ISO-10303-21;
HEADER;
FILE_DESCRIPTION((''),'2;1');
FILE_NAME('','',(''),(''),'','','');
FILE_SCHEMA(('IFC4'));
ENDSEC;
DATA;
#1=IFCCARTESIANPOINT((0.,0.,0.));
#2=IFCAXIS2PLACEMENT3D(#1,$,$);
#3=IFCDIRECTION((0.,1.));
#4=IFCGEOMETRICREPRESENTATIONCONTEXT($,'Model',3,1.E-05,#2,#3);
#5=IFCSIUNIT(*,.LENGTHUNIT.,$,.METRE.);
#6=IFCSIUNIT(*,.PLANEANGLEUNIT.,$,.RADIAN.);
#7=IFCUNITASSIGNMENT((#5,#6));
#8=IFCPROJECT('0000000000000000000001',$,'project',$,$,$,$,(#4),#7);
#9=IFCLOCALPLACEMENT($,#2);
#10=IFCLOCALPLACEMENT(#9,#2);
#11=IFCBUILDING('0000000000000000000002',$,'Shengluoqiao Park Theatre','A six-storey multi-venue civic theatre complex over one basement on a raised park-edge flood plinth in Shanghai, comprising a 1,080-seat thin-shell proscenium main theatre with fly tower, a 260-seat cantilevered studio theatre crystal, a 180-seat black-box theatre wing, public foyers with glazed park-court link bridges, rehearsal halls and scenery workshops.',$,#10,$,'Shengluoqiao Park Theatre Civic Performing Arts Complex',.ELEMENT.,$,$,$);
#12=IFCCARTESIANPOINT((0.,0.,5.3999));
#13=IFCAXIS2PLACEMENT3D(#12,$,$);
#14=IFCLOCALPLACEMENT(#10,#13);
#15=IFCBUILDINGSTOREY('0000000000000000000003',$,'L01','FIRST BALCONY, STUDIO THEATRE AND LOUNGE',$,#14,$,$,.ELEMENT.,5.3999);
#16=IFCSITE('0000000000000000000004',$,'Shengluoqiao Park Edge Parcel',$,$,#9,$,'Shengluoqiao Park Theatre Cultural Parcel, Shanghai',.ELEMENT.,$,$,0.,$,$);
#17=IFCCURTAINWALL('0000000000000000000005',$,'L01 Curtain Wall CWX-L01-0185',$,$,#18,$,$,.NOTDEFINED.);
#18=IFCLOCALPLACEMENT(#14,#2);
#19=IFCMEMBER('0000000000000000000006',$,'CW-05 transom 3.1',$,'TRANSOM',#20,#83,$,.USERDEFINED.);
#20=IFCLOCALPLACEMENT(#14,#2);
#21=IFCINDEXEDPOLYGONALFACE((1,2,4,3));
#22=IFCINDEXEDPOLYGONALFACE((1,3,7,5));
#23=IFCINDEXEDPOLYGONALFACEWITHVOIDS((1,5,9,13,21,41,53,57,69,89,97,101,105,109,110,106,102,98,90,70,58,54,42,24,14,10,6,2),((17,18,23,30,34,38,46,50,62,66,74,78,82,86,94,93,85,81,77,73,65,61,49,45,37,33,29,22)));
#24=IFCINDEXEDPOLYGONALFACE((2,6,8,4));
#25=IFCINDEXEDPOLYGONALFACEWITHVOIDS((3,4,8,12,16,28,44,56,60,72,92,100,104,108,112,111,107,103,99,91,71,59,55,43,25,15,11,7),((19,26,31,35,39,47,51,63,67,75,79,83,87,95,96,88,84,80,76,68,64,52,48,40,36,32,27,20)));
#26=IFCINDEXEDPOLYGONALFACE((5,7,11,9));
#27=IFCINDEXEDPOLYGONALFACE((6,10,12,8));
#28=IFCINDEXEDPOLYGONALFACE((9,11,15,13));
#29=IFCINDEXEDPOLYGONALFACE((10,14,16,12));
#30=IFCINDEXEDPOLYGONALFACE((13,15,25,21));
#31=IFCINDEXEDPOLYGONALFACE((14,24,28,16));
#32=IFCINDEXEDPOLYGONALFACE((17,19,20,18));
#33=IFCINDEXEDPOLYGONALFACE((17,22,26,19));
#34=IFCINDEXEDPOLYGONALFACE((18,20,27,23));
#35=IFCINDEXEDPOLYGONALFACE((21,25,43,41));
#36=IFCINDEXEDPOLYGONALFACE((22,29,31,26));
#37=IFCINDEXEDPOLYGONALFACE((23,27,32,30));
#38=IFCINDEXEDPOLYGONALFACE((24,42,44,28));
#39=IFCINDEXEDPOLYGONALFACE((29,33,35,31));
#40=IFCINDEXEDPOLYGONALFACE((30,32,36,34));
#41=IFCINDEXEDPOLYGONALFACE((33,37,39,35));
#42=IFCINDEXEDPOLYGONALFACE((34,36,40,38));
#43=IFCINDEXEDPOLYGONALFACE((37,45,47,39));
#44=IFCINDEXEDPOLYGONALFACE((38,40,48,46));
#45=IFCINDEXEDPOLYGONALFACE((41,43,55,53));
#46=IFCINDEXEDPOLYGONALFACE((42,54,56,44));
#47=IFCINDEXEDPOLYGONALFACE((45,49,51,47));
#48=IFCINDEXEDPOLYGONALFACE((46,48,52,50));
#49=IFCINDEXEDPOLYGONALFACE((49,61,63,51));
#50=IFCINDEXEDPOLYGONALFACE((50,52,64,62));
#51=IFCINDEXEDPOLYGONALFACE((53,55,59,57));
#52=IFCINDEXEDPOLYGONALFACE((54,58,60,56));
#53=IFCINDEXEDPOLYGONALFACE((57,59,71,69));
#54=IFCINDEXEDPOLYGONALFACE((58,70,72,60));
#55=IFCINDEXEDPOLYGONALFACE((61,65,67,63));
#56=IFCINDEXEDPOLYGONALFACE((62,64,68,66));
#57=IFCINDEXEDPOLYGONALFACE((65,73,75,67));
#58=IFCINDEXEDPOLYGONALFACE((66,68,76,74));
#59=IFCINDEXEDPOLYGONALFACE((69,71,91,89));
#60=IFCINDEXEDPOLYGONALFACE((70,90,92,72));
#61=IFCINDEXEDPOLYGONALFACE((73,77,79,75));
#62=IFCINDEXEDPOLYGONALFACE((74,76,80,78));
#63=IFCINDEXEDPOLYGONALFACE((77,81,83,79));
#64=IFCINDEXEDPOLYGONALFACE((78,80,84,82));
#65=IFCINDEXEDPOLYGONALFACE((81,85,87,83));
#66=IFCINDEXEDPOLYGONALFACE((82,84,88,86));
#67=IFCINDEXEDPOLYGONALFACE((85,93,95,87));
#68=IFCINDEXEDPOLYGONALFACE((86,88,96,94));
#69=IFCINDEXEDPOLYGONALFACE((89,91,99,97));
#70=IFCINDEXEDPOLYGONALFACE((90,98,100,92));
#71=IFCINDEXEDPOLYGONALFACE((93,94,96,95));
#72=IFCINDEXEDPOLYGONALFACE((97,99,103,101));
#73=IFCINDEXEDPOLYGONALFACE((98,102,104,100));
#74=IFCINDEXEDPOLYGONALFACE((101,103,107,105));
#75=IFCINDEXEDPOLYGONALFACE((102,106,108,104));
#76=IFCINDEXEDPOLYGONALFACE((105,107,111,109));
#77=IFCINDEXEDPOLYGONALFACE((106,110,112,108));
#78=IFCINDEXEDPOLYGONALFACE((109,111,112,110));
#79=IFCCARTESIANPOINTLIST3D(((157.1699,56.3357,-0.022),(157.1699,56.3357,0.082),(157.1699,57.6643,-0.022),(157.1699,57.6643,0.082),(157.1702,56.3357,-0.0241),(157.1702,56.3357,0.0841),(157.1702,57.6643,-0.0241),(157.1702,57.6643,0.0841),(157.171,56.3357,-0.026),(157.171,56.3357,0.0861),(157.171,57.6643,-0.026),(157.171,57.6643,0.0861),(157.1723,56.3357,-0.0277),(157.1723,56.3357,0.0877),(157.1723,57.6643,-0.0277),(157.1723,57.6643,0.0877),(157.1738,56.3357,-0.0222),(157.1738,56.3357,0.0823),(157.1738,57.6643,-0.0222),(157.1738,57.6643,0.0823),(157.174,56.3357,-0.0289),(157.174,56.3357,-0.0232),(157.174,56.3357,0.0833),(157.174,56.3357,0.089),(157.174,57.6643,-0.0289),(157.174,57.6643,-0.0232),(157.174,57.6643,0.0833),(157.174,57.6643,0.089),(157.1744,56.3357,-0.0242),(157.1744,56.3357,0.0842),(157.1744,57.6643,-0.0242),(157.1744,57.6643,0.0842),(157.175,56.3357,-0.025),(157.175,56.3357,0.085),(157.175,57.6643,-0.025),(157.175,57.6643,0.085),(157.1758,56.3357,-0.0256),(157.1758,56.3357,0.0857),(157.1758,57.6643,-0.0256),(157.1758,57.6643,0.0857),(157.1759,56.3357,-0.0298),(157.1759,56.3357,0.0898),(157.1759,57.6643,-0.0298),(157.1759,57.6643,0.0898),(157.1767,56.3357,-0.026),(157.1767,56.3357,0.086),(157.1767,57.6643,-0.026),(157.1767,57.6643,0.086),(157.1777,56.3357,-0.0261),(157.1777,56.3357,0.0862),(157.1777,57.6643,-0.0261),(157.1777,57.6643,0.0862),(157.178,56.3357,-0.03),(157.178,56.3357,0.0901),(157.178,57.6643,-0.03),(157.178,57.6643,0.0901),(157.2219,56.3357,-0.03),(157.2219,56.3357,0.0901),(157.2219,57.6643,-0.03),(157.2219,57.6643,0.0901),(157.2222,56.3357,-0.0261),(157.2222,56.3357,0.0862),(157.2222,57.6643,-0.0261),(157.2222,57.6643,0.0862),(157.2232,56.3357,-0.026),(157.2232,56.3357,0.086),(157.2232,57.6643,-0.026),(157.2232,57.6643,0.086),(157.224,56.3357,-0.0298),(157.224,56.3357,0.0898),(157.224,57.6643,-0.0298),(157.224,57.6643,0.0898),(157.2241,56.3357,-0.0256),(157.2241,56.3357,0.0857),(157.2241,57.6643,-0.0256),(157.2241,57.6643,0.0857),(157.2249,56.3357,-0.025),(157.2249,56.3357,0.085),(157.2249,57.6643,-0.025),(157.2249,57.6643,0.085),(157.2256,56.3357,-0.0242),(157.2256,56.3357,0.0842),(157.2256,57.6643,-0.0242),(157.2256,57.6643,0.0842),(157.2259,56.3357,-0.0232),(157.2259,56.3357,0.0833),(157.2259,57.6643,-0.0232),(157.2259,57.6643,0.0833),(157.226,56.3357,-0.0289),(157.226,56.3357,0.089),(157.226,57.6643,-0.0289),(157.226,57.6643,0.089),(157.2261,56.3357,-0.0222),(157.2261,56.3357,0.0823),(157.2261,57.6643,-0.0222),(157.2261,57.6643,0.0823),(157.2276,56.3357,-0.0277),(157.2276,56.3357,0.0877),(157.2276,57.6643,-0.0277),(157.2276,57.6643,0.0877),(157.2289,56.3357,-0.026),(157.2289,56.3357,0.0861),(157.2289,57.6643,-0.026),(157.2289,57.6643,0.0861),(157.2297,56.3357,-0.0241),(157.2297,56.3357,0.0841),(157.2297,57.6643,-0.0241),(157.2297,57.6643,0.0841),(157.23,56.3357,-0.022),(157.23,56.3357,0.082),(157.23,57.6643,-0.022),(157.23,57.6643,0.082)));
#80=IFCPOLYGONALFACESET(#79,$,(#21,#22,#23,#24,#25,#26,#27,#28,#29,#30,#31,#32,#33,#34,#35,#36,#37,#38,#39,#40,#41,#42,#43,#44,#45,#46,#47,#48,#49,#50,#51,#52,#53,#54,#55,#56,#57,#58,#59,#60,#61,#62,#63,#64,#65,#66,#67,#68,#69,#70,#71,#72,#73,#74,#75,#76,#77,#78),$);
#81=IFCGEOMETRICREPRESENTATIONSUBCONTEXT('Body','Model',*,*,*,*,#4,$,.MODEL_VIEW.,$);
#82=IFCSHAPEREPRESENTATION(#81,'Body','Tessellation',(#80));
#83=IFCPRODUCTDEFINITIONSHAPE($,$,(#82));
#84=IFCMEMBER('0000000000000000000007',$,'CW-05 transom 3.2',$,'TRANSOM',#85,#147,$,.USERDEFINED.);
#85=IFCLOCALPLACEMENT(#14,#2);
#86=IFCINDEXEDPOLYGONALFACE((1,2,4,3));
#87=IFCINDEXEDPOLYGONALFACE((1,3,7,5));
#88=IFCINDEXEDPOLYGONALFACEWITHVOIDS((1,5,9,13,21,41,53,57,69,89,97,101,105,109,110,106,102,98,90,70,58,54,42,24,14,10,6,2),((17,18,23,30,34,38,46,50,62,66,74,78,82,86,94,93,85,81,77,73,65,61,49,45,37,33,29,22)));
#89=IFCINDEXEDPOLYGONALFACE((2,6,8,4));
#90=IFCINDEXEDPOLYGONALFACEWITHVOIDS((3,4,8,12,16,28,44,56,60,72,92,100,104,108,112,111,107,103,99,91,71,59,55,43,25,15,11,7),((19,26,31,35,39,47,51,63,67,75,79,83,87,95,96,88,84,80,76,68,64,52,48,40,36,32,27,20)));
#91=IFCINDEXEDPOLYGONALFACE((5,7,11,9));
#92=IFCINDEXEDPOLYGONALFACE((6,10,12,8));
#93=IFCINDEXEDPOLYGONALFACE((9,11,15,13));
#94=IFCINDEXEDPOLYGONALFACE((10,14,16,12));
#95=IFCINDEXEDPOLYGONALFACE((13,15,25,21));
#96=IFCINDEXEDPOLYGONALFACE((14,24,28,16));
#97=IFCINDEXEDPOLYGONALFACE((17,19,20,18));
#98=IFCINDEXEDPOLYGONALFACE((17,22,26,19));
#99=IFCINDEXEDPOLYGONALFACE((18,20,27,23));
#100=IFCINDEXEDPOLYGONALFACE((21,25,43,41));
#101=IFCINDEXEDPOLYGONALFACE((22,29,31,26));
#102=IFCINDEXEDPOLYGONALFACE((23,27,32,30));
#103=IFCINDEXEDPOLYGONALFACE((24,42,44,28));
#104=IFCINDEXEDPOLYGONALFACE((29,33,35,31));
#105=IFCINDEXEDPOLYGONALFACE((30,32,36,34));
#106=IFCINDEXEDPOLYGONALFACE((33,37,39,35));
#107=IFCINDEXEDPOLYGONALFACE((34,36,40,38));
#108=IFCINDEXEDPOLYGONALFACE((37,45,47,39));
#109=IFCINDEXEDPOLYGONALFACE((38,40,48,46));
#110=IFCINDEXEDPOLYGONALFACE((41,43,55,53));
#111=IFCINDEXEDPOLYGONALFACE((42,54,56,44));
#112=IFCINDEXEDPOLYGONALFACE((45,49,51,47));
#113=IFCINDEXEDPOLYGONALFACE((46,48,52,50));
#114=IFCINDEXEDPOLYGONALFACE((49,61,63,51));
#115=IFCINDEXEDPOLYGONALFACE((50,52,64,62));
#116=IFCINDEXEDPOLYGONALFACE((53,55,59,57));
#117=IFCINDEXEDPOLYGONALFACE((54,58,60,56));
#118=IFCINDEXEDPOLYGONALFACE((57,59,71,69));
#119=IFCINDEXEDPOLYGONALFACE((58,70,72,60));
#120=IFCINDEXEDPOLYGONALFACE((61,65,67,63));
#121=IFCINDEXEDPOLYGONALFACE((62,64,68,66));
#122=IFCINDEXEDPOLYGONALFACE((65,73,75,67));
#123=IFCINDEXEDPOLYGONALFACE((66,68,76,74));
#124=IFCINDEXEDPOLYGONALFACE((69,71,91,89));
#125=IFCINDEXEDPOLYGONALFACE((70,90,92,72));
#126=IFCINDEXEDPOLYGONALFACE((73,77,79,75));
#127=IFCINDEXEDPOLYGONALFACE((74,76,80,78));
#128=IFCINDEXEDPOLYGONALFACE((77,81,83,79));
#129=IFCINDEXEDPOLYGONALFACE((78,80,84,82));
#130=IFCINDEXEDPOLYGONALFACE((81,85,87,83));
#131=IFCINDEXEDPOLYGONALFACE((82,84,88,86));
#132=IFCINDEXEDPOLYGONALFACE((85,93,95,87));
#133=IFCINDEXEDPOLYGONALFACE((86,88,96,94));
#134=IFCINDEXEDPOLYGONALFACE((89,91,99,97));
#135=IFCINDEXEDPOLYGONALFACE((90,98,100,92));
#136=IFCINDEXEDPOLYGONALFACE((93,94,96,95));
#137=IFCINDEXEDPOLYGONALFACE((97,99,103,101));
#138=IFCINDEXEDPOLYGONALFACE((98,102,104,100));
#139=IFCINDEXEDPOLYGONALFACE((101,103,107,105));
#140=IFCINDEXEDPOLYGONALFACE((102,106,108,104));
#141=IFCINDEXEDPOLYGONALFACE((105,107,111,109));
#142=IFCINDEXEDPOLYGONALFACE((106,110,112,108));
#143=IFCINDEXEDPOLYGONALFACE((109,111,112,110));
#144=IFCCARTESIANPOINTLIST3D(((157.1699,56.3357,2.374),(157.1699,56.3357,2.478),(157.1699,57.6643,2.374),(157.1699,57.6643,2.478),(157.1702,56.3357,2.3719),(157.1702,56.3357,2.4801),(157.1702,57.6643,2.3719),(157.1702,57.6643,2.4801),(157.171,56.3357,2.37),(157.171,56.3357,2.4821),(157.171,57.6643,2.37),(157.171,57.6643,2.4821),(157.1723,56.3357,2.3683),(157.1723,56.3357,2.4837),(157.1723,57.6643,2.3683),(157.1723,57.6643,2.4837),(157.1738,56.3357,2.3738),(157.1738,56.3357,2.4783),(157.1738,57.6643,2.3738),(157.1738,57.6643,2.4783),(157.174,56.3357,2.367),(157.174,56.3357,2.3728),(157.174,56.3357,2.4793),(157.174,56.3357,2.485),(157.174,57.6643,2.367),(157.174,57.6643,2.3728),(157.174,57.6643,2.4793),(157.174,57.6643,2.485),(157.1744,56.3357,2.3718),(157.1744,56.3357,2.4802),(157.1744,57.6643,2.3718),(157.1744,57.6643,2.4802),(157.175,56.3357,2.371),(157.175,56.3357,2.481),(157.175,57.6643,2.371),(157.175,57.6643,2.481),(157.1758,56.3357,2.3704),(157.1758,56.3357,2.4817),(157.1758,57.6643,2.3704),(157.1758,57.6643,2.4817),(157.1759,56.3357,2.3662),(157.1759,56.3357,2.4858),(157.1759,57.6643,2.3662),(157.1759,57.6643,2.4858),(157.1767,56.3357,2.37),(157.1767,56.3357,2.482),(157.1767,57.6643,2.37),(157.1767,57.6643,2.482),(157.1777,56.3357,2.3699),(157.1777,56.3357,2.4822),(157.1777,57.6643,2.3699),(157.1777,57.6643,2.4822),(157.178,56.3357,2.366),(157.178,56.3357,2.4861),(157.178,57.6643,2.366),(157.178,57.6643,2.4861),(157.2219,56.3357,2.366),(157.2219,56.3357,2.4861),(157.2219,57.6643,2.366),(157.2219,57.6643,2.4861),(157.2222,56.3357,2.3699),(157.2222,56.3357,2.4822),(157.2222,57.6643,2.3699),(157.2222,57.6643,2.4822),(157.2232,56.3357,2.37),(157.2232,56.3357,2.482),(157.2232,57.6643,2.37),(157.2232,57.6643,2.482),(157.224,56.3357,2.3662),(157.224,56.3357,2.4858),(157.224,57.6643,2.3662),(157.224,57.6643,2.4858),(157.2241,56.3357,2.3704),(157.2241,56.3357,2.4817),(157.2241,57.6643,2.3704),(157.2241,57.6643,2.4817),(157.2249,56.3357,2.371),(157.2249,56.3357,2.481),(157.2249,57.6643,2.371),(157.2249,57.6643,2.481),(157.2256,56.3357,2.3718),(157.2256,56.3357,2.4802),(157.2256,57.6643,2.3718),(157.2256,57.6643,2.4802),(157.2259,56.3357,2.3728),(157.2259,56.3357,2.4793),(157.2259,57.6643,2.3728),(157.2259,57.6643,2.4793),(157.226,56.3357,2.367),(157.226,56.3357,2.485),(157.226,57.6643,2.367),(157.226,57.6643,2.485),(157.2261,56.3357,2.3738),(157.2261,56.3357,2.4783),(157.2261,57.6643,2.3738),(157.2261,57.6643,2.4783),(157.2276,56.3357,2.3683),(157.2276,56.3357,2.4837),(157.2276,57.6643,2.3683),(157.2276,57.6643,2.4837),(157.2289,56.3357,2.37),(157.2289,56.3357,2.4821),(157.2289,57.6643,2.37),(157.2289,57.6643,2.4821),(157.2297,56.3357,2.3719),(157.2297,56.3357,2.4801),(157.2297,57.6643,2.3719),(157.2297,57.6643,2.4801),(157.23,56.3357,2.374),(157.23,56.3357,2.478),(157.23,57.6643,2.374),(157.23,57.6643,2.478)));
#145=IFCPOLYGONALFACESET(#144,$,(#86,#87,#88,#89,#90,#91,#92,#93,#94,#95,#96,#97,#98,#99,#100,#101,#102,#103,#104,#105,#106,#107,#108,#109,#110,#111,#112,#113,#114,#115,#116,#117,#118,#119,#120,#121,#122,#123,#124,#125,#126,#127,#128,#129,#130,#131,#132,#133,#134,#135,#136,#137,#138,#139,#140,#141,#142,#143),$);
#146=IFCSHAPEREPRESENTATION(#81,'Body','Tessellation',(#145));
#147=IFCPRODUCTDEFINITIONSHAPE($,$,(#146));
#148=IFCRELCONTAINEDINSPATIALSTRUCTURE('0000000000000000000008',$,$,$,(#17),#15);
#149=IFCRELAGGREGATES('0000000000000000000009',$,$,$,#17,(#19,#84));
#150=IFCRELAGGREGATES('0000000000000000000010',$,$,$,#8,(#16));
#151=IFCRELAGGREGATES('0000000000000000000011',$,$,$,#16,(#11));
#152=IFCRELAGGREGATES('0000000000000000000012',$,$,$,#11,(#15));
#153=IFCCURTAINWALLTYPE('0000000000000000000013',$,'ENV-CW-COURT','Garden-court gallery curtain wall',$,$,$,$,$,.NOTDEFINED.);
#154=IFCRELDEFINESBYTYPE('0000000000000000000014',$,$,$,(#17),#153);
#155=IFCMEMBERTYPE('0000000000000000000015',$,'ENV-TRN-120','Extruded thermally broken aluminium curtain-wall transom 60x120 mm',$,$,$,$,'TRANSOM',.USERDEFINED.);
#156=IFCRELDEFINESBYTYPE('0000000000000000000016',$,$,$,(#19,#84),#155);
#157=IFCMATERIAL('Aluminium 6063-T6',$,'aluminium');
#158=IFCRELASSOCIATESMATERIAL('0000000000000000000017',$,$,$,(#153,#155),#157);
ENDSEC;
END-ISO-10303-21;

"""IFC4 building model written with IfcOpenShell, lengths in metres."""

from ifc_helpers import new_model, si_unit, direction, frame, origin, origin_2d, place, context, subcontext, project, spatial, hollow_rectangle, extrude, material, material_profile, profile_set, type_object, element, aggregate, save


model = new_model("IFC4")

# Units and contexts
model_context = context("Model", 3, precision=1e-05, world=origin(), true_north=direction((0.0, 1.0)))
body_context = subcontext(model_context, "Body", "Model", "MODEL_VIEW")
ifc_project = project(units=[si_unit("LENGTHUNIT", "METRE"), si_unit("PLANEANGLEUNIT", "RADIAN")], contexts=[model_context])

# Site, building, storey
site_placement = place(None, origin())
site = spatial("IfcSite", under=ifc_project, at=site_placement, Name="Shengluoqiao Park Edge Parcel", LongName="Shengluoqiao Park Theatre Cultural Parcel, Shanghai", CompositionType="ELEMENT", RefElevation=0.0)
building_placement = place(site_placement, origin())
building = spatial("IfcBuilding", under=site, at=building_placement, Name="Shengluoqiao Park Theatre", Description="A six-storey multi-venue civic theatre complex over one basement on a raised park-edge flood plinth in Shanghai, comprising a 1,080-seat thin-shell proscenium main theatre with fly tower, a 260-seat cantilevered studio theatre crystal, a 180-seat black-box theatre wing, public foyers with glazed park-court link bridges, rehearsal halls and scenery workshops.", LongName="Shengluoqiao Park Theatre Civic Performing Arts Complex", CompositionType="ELEMENT")
storey_placement = place(building_placement, frame((0.0, 0.0, 5.3999)))
storey = spatial("IfcBuildingStorey", under=building, at=storey_placement, Name="L01", Description="FIRST BALCONY, STUDIO THEATRE AND LOUNGE", CompositionType="ELEMENT", Elevation=5.3999)

# Shared definitions
ifc_material_1 = material(Name="Aluminium 6063-T6", Category="aluminium")
curtain_wall_type = type_object("IfcCurtainWallType", Name="ENV-CW-COURT", Description="Garden-court gallery curtain wall", PredefinedType="NOTDEFINED", material=ifc_material_1)

# Curtain wall, members
curtain_wall_1_placement = place(storey_placement, origin())
curtain_wall_1 = element("IfcCurtainWall", 1, at=curtain_wall_1_placement, inside=storey, type_object=curtain_wall_type, Name="L01 Curtain Wall CWX-L01-0185", PredefinedType="NOTDEFINED")
ifc_material_profile_1 = material_profile(ifc_material_1, hollow_rectangle(XDim=0.0601, YDim=0.1201, WallThickness=0.0039, InnerFilletRadius=0.0039, OuterFilletRadius=0.0081, at=origin_2d()), Name="ALU TRANSOM 120x60x4")
ifc_profile_set_1 = profile_set([ifc_material_profile_1], Name="Aluminium 6063-T6")
member_type_1 = type_object("IfcMemberType", Name="ENV-TRN-120", Description="Extruded thermally broken aluminium curtain-wall transom 60x120 mm", ElementType="TRANSOM", PredefinedType="USERDEFINED", material=ifc_profile_set_1)
member_1_placement = place(storey_placement, frame((157.2, 56.3357, 0.03), z_axis=(0.0, 1.0, 0.0), x_axis=(-1.0, 0.0, 0.0)))
member_1 = element("IfcMember", 2, at=member_1_placement, type_object=member_type_1, Name="CW-05 transom 3.1", ObjectType="TRANSOM", PredefinedType="USERDEFINED", context=body_context, shape_type="SweptSolid", body=[
    extrude(hollow_rectangle(XDim=0.0601, YDim=0.1201, WallThickness=0.0039, InnerFilletRadius=0.0039, OuterFilletRadius=0.0081, at=origin_2d()), origin(), (0.0, 0.0, 1.0), 1.3286),
])
member_2_placement = place(storey_placement, frame((157.2, 56.3357, 2.426), z_axis=(0.0, 1.0, 0.0), x_axis=(-1.0, 0.0, 0.0)))
member_2 = element("IfcMember", 3, at=member_2_placement, type_object=member_type_1, Name="CW-05 transom 3.2", ObjectType="TRANSOM", PredefinedType="USERDEFINED", context=body_context, shape_type="SweptSolid", body=[
    extrude(hollow_rectangle(XDim=0.0601, YDim=0.1201, WallThickness=0.0039, InnerFilletRadius=0.0039, OuterFilletRadius=0.0081, at=origin_2d()), origin(), (0.0, 0.0, 1.0), 1.3286),
])

aggregate(curtain_wall_1, [member_1, member_2])

save(model, "model.ifc")
